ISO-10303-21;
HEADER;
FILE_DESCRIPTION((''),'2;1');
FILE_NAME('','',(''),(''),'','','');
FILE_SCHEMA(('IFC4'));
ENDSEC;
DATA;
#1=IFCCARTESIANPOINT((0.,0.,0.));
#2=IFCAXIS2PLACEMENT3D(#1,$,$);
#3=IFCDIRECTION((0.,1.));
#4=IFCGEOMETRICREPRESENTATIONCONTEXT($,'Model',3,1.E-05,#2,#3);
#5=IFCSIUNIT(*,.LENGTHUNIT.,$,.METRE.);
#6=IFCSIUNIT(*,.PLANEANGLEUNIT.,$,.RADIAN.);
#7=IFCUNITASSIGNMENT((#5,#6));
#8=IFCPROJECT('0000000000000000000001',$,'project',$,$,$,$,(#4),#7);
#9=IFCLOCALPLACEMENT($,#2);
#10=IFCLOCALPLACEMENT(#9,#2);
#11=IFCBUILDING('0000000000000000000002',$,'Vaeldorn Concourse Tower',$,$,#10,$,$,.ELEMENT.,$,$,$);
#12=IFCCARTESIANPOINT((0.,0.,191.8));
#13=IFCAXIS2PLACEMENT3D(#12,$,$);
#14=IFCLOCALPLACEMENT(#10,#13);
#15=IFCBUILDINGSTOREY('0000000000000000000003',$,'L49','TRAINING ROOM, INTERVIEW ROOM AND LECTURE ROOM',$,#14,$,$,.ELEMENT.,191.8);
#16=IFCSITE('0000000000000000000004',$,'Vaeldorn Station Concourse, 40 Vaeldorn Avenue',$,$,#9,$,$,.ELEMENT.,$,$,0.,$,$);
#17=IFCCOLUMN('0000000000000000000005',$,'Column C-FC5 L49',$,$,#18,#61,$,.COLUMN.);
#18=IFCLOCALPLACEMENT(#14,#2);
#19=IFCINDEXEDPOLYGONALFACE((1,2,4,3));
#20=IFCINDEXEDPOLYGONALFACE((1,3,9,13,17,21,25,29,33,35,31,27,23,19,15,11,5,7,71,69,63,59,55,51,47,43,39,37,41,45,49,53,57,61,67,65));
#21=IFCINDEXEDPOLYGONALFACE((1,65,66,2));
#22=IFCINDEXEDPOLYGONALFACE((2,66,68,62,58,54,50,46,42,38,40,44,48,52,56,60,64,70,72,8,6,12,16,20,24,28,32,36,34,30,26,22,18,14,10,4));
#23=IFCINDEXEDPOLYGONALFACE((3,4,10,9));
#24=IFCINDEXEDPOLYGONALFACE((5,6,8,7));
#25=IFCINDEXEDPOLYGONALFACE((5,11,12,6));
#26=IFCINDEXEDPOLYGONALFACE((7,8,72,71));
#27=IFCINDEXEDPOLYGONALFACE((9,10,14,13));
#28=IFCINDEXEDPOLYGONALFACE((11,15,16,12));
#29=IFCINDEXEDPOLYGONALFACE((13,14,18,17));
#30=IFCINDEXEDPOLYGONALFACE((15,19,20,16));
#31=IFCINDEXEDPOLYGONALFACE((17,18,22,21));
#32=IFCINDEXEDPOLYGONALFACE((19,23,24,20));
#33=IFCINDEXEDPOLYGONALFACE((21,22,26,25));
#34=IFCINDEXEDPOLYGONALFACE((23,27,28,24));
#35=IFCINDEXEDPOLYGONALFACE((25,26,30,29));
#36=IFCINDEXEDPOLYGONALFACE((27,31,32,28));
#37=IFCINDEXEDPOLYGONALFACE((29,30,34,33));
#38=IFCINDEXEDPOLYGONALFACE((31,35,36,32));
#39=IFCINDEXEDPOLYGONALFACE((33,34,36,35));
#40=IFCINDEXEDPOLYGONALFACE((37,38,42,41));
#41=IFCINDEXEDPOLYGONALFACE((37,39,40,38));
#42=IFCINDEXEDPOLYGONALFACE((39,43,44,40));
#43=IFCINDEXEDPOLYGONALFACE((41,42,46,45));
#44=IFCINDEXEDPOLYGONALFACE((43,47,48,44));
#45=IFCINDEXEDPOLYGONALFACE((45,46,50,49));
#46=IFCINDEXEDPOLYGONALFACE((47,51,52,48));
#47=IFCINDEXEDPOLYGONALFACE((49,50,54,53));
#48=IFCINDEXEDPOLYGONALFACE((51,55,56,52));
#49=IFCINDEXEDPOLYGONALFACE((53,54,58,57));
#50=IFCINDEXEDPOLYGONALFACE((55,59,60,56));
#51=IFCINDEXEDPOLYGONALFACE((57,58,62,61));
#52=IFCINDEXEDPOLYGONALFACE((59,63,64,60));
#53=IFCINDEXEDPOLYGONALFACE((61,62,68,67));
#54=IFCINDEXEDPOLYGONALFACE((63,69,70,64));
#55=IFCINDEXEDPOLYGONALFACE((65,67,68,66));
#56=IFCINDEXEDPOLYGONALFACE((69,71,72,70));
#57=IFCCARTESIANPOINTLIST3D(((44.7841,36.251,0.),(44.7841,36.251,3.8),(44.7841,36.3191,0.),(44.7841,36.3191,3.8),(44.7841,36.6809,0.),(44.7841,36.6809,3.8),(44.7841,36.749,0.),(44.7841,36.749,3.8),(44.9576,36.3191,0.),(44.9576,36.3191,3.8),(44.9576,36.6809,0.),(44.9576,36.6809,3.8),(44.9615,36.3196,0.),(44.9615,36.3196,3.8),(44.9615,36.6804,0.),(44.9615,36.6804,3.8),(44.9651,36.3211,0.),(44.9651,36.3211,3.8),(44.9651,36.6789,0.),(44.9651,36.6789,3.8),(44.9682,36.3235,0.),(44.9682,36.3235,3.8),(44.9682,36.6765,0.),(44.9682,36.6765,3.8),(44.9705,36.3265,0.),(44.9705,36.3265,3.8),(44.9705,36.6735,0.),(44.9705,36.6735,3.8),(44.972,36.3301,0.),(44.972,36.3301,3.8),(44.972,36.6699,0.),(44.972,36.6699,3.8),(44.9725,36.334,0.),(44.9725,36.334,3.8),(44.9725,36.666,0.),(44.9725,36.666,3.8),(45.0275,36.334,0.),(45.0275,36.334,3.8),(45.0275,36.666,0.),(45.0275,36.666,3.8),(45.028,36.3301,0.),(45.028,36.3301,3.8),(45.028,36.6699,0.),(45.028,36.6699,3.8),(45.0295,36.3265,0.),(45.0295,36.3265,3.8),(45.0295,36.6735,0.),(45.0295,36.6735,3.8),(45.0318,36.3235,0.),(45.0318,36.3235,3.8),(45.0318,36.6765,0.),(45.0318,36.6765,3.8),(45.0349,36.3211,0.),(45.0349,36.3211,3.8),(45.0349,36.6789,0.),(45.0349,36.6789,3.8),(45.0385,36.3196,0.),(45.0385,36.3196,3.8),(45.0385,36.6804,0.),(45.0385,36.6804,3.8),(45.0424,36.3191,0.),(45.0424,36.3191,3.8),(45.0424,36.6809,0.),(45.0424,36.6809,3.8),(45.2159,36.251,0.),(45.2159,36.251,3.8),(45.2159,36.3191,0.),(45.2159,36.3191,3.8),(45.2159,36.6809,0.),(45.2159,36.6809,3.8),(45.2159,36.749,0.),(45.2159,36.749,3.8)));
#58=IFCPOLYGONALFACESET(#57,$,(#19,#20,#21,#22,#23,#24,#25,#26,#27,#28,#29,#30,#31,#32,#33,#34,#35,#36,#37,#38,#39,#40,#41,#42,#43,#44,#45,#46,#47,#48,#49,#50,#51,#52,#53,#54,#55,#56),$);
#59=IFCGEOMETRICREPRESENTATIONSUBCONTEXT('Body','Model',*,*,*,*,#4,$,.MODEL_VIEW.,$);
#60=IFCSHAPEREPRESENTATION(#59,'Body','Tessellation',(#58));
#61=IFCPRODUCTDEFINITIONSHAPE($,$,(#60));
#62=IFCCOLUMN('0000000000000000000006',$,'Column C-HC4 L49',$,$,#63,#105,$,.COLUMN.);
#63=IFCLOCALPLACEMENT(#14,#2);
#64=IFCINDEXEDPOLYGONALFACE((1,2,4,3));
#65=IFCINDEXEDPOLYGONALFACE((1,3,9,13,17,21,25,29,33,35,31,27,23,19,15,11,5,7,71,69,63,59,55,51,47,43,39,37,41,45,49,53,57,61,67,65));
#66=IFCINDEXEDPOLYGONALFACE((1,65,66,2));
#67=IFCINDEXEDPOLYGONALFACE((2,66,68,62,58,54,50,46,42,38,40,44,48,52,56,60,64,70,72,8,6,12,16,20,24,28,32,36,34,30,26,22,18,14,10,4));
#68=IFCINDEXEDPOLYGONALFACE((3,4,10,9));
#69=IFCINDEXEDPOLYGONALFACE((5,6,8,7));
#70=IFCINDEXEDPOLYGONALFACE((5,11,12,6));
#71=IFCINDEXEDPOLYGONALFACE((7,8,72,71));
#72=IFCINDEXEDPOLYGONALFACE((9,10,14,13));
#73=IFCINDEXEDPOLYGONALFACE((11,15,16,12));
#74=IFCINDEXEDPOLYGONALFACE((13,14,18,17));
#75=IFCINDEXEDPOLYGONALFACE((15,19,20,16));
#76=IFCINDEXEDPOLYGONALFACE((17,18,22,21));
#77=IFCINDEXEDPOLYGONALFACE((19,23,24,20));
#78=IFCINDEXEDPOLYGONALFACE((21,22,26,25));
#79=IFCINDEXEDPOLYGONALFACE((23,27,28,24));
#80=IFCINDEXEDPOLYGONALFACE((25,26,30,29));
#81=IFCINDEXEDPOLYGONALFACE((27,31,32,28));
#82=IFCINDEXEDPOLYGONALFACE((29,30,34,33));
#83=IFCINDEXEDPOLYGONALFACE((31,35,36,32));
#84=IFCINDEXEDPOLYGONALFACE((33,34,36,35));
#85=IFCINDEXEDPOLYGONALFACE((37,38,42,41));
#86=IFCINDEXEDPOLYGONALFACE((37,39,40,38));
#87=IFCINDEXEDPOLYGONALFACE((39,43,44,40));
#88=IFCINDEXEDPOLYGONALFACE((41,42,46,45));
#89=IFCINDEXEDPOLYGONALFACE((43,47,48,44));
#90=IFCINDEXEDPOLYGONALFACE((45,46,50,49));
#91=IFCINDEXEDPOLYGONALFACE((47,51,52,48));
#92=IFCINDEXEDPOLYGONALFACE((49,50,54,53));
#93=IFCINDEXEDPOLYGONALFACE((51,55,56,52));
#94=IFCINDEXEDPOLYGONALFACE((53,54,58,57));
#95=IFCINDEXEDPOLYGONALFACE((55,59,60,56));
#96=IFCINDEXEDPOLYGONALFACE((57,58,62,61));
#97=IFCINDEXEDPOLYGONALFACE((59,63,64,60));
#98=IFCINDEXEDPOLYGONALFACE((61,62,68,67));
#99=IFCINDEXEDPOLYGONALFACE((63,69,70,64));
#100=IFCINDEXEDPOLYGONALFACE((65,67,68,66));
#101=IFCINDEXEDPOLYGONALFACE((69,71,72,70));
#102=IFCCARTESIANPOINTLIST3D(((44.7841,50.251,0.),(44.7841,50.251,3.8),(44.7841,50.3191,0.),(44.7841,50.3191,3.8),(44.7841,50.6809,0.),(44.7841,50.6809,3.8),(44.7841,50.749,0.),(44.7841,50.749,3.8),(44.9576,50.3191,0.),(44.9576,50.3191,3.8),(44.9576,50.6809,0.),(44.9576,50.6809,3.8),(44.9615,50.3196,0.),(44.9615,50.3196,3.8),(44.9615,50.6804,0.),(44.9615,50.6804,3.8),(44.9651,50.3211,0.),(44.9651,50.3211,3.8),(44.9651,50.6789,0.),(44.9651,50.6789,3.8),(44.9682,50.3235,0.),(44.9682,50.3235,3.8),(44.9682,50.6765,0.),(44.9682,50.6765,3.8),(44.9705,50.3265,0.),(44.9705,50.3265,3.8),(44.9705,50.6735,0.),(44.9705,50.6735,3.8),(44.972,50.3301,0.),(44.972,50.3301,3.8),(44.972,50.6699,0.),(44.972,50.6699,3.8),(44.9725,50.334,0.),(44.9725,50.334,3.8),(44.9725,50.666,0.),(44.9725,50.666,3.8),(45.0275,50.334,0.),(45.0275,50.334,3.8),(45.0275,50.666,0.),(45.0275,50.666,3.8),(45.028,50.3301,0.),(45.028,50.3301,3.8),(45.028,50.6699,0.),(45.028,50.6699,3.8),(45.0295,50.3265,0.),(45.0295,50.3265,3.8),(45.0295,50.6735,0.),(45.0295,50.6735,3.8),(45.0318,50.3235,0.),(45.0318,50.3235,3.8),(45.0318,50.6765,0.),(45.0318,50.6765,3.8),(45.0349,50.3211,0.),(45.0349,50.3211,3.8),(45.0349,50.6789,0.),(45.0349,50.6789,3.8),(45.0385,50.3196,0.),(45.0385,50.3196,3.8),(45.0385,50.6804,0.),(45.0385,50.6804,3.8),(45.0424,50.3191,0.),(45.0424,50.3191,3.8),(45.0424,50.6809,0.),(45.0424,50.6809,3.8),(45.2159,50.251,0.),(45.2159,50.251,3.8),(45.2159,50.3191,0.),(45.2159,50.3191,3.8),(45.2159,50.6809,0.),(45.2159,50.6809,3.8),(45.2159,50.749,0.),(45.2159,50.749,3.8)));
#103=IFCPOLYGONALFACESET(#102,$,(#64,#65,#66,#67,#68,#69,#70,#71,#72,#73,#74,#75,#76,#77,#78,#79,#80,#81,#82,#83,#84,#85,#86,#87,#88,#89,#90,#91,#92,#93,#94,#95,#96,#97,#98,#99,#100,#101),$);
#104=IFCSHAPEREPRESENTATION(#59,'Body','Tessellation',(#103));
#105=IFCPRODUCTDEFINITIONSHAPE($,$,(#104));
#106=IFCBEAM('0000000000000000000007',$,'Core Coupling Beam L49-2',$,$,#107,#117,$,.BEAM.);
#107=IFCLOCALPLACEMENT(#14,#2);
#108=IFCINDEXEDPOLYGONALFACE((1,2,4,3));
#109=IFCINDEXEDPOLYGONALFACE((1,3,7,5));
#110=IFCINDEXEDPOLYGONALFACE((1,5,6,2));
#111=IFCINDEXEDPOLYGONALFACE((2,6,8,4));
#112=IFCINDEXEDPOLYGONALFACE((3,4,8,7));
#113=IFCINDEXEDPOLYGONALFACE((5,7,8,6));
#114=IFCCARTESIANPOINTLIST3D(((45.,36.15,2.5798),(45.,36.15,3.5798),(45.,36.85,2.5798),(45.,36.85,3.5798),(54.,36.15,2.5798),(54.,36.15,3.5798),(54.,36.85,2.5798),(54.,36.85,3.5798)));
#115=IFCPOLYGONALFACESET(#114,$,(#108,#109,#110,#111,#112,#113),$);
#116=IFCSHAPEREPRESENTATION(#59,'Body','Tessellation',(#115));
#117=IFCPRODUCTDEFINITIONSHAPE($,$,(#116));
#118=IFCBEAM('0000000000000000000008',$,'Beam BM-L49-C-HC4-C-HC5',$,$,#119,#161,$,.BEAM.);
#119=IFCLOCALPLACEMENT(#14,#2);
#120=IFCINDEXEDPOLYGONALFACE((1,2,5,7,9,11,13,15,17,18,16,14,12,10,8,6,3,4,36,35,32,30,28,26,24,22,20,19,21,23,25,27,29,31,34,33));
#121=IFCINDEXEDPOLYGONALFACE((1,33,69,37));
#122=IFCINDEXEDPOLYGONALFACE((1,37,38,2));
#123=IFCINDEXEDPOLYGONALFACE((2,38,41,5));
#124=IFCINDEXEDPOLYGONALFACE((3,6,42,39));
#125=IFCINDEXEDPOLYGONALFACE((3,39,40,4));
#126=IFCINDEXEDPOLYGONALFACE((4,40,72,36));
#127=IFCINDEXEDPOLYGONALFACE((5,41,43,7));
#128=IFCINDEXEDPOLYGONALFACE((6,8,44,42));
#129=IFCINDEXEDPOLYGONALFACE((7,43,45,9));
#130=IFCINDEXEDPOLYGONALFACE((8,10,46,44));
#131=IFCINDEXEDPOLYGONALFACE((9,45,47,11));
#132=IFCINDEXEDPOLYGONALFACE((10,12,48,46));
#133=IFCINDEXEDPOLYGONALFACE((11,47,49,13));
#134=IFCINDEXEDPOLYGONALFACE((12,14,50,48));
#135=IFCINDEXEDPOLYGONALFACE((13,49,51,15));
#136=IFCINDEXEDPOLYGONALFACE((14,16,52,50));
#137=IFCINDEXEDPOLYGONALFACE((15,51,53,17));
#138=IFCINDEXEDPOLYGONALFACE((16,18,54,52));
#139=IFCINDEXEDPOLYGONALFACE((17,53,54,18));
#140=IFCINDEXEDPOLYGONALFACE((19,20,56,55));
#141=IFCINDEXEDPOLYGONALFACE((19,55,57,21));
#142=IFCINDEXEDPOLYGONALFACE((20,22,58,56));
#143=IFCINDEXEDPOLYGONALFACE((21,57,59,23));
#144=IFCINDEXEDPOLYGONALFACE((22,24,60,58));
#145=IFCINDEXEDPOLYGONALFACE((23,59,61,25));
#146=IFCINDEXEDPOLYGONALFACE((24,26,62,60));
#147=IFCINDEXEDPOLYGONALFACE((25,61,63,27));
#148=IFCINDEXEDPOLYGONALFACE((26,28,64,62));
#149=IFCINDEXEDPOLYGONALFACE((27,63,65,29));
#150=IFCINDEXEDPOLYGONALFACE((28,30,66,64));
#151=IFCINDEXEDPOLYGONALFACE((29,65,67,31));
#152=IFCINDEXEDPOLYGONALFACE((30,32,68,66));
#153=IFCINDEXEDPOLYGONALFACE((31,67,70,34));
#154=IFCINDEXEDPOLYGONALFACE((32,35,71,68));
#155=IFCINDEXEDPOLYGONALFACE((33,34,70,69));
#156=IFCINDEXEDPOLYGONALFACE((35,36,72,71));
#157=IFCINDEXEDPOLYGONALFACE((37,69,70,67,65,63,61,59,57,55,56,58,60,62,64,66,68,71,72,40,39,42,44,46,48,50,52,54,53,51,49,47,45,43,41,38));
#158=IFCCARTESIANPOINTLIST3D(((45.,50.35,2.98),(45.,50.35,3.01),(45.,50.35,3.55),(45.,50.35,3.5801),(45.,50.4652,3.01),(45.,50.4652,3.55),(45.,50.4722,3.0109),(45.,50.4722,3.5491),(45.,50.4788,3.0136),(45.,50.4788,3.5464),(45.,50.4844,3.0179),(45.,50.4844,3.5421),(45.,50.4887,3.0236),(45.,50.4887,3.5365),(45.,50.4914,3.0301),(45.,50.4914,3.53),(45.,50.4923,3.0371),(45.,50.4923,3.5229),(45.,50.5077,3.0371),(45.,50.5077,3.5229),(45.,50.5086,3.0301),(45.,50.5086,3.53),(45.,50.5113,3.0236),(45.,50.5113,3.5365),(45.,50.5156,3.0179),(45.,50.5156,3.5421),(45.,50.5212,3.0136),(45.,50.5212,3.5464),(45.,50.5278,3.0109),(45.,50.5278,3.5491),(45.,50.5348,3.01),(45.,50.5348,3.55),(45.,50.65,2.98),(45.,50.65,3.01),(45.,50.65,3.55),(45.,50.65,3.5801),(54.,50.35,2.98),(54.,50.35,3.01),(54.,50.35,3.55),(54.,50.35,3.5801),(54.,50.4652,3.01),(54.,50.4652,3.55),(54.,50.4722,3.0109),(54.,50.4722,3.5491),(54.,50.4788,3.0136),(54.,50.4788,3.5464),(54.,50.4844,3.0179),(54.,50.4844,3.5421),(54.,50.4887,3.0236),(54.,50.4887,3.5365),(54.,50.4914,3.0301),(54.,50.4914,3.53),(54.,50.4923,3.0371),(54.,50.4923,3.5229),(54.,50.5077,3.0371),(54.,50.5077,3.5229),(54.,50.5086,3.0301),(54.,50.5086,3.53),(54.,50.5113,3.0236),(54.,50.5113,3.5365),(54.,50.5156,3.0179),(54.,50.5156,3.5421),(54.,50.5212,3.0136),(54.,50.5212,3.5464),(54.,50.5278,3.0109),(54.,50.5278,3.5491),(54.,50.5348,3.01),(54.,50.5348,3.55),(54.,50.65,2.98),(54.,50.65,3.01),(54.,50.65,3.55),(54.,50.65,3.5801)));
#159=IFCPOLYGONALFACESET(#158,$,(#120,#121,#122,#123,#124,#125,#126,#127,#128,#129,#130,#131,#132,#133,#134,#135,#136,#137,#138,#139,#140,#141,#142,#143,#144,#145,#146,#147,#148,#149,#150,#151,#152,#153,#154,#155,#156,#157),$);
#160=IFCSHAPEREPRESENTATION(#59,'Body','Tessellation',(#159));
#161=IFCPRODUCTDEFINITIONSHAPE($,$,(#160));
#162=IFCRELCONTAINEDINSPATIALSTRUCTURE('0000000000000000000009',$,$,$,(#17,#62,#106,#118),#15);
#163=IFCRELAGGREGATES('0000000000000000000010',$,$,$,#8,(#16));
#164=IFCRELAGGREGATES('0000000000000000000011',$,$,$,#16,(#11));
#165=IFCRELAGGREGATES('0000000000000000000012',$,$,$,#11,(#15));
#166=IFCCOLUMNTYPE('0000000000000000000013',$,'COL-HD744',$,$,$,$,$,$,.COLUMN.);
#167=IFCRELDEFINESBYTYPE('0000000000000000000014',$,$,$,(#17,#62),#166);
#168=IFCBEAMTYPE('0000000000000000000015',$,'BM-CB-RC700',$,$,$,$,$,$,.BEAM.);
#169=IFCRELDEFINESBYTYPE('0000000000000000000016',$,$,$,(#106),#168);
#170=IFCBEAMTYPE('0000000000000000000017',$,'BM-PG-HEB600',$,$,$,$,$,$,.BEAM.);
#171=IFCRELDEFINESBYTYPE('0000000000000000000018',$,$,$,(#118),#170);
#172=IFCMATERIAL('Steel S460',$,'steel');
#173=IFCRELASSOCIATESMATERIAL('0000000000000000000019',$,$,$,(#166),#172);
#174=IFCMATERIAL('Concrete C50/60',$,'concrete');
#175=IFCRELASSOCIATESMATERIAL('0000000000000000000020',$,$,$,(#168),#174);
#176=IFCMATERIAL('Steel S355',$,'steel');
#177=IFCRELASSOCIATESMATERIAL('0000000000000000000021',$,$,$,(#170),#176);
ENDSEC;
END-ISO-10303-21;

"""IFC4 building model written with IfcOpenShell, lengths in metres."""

from ifc_helpers import new_model, si_unit, direction, frame, origin, origin_2d, place, context, subcontext, project, spatial, rectangle, i_section, extrude, source, transform, mapped, material, material_profile, profile_set, type_object, element, save


model = new_model("IFC4")

# Units and contexts
model_context = context("Model", 3, precision=1e-05, world=origin(), true_north=direction((0.0, 1.0)))
body_context = subcontext(model_context, "Body", "Model", "MODEL_VIEW")
ifc_project = project(units=[si_unit("LENGTHUNIT", "METRE"), si_unit("PLANEANGLEUNIT", "RADIAN")], contexts=[model_context])

# Site, building, storey
site_placement = place(None, origin())
site = spatial("IfcSite", under=ifc_project, at=site_placement, Name="Vaeldorn Station Concourse, 40 Vaeldorn Avenue", CompositionType="ELEMENT", RefElevation=0.0)
building_placement = place(site_placement, origin())
building = spatial("IfcBuilding", under=site, at=building_placement, Name="Vaeldorn Concourse Tower", CompositionType="ELEMENT")
storey_placement = place(building_placement, frame((0.0, 0.0, 191.8)))
storey = spatial("IfcBuildingStorey", under=building, at=storey_placement, Name="L49", Description="TRAINING ROOM, INTERVIEW ROOM AND LECTURE ROOM", CompositionType="ELEMENT", Elevation=191.8)

# Columns
ifc_material_1 = material(Name="Steel S460", Category="steel")
ifc_material_profile_1 = material_profile(ifc_material_1, i_section(OverallWidth=0.4319, OverallDepth=0.498, WebThickness=0.0549, FlangeThickness=0.0681, FilletRadius=0.0149, at=origin_2d()), Name="HD 400x744")
ifc_profile_set_1 = profile_set([ifc_material_profile_1], Name="Steel S460")
column_type = type_object("IfcColumnType", Name="COL-HD744", PredefinedType="COLUMN", material=ifc_profile_set_1)
shared_shape_1 = source(origin(), body_context, "Body", "SweptSolid", [
    extrude(i_section(OverallWidth=0.4319, OverallDepth=0.498, WebThickness=0.0549, FlangeThickness=0.0681, FilletRadius=0.0149, at=origin_2d()), origin(), (0.0, 0.0, 1.0), 3.8),
])
for number, where, z_axis, x_axis, name in (
    (1, (45.0, 36.5, 0.0), (0.0, 0.0, 1.0), (1.0, 0.0, 0.0), "Column C-FC5 L49"),
    (2, (45.0, 50.5, 0.0), (0.0, 0.0, 1.0), (1.0, 0.0, 0.0), "Column C-HC4 L49"),
):
    element("IfcColumn", number, at=place(storey_placement, frame(where, z_axis=z_axis, x_axis=x_axis)), inside=storey, type_object=column_type, Name=name, PredefinedType="COLUMN", context=body_context, shape_type="MappedRepresentation", body=[
        mapped(shared_shape_1, transform((0.0, 0.0, 0.0), scale=1.0)),
    ])

# Beams
ifc_material_2 = material(Name="Concrete C50/60", Category="concrete")
ifc_material_profile_2 = material_profile(ifc_material_2, rectangle(XDim=0.7, YDim=1.0, at=origin_2d()), Name="RC 700x1000")
ifc_profile_set_2 = profile_set([ifc_material_profile_2], Name="Concrete C50/60")
beam_type_1 = type_object("IfcBeamType", Name="BM-CB-RC700", PredefinedType="BEAM", material=ifc_profile_set_2)
shared_shape_2 = source(origin(), body_context, "Body", "SweptSolid", [
    extrude(rectangle(XDim=0.7, YDim=1.0, at=origin_2d()), origin(), (0.0, 0.0, 1.0), 9.0),
])
beam_1_placement = place(storey_placement, frame((45.0, 36.5, 3.0798), z_axis=(1.0, 0.0, 0.0), x_axis=(0.0, 1.0, 0.0)))
element("IfcBeam", 3, at=beam_1_placement, inside=storey, type_object=beam_type_1, Name="Core Coupling Beam L49-2", PredefinedType="BEAM", context=body_context, shape_type="MappedRepresentation", body=[
    mapped(shared_shape_2, transform((0.0, 0.0, 0.0), scale=1.0)),
])
ifc_material_3 = material(Name="Steel S355", Category="steel")
ifc_material_profile_3 = material_profile(ifc_material_3, i_section(OverallWidth=0.3, OverallDepth=0.6001, WebThickness=0.0154, FlangeThickness=0.03, FilletRadius=0.0271, at=origin_2d()), Name="HEB 600")
ifc_profile_set_3 = profile_set([ifc_material_profile_3], Name="Steel S355")
beam_type_2 = type_object("IfcBeamType", Name="BM-PG-HEB600", PredefinedType="BEAM", material=ifc_profile_set_3)
shared_shape_3 = source(origin(), body_context, "Body", "SweptSolid", [
    extrude(i_section(OverallWidth=0.3, OverallDepth=0.6001, WebThickness=0.0154, FlangeThickness=0.03, FilletRadius=0.0271, at=origin_2d()), origin(), (0.0, 0.0, 1.0), 9.0),
])
beam_2_placement = place(storey_placement, frame((45.0, 50.5, 3.28), z_axis=(1.0, 0.0, 0.0), x_axis=(0.0, 1.0, 0.0)))
element("IfcBeam", 4, at=beam_2_placement, inside=storey, type_object=beam_type_2, Name="Beam BM-L49-C-HC4-C-HC5", PredefinedType="BEAM", context=body_context, shape_type="MappedRepresentation", body=[
    mapped(shared_shape_3, transform((0.0, 0.0, 0.0), scale=1.0)),
])

save(model, "model.ifc")
